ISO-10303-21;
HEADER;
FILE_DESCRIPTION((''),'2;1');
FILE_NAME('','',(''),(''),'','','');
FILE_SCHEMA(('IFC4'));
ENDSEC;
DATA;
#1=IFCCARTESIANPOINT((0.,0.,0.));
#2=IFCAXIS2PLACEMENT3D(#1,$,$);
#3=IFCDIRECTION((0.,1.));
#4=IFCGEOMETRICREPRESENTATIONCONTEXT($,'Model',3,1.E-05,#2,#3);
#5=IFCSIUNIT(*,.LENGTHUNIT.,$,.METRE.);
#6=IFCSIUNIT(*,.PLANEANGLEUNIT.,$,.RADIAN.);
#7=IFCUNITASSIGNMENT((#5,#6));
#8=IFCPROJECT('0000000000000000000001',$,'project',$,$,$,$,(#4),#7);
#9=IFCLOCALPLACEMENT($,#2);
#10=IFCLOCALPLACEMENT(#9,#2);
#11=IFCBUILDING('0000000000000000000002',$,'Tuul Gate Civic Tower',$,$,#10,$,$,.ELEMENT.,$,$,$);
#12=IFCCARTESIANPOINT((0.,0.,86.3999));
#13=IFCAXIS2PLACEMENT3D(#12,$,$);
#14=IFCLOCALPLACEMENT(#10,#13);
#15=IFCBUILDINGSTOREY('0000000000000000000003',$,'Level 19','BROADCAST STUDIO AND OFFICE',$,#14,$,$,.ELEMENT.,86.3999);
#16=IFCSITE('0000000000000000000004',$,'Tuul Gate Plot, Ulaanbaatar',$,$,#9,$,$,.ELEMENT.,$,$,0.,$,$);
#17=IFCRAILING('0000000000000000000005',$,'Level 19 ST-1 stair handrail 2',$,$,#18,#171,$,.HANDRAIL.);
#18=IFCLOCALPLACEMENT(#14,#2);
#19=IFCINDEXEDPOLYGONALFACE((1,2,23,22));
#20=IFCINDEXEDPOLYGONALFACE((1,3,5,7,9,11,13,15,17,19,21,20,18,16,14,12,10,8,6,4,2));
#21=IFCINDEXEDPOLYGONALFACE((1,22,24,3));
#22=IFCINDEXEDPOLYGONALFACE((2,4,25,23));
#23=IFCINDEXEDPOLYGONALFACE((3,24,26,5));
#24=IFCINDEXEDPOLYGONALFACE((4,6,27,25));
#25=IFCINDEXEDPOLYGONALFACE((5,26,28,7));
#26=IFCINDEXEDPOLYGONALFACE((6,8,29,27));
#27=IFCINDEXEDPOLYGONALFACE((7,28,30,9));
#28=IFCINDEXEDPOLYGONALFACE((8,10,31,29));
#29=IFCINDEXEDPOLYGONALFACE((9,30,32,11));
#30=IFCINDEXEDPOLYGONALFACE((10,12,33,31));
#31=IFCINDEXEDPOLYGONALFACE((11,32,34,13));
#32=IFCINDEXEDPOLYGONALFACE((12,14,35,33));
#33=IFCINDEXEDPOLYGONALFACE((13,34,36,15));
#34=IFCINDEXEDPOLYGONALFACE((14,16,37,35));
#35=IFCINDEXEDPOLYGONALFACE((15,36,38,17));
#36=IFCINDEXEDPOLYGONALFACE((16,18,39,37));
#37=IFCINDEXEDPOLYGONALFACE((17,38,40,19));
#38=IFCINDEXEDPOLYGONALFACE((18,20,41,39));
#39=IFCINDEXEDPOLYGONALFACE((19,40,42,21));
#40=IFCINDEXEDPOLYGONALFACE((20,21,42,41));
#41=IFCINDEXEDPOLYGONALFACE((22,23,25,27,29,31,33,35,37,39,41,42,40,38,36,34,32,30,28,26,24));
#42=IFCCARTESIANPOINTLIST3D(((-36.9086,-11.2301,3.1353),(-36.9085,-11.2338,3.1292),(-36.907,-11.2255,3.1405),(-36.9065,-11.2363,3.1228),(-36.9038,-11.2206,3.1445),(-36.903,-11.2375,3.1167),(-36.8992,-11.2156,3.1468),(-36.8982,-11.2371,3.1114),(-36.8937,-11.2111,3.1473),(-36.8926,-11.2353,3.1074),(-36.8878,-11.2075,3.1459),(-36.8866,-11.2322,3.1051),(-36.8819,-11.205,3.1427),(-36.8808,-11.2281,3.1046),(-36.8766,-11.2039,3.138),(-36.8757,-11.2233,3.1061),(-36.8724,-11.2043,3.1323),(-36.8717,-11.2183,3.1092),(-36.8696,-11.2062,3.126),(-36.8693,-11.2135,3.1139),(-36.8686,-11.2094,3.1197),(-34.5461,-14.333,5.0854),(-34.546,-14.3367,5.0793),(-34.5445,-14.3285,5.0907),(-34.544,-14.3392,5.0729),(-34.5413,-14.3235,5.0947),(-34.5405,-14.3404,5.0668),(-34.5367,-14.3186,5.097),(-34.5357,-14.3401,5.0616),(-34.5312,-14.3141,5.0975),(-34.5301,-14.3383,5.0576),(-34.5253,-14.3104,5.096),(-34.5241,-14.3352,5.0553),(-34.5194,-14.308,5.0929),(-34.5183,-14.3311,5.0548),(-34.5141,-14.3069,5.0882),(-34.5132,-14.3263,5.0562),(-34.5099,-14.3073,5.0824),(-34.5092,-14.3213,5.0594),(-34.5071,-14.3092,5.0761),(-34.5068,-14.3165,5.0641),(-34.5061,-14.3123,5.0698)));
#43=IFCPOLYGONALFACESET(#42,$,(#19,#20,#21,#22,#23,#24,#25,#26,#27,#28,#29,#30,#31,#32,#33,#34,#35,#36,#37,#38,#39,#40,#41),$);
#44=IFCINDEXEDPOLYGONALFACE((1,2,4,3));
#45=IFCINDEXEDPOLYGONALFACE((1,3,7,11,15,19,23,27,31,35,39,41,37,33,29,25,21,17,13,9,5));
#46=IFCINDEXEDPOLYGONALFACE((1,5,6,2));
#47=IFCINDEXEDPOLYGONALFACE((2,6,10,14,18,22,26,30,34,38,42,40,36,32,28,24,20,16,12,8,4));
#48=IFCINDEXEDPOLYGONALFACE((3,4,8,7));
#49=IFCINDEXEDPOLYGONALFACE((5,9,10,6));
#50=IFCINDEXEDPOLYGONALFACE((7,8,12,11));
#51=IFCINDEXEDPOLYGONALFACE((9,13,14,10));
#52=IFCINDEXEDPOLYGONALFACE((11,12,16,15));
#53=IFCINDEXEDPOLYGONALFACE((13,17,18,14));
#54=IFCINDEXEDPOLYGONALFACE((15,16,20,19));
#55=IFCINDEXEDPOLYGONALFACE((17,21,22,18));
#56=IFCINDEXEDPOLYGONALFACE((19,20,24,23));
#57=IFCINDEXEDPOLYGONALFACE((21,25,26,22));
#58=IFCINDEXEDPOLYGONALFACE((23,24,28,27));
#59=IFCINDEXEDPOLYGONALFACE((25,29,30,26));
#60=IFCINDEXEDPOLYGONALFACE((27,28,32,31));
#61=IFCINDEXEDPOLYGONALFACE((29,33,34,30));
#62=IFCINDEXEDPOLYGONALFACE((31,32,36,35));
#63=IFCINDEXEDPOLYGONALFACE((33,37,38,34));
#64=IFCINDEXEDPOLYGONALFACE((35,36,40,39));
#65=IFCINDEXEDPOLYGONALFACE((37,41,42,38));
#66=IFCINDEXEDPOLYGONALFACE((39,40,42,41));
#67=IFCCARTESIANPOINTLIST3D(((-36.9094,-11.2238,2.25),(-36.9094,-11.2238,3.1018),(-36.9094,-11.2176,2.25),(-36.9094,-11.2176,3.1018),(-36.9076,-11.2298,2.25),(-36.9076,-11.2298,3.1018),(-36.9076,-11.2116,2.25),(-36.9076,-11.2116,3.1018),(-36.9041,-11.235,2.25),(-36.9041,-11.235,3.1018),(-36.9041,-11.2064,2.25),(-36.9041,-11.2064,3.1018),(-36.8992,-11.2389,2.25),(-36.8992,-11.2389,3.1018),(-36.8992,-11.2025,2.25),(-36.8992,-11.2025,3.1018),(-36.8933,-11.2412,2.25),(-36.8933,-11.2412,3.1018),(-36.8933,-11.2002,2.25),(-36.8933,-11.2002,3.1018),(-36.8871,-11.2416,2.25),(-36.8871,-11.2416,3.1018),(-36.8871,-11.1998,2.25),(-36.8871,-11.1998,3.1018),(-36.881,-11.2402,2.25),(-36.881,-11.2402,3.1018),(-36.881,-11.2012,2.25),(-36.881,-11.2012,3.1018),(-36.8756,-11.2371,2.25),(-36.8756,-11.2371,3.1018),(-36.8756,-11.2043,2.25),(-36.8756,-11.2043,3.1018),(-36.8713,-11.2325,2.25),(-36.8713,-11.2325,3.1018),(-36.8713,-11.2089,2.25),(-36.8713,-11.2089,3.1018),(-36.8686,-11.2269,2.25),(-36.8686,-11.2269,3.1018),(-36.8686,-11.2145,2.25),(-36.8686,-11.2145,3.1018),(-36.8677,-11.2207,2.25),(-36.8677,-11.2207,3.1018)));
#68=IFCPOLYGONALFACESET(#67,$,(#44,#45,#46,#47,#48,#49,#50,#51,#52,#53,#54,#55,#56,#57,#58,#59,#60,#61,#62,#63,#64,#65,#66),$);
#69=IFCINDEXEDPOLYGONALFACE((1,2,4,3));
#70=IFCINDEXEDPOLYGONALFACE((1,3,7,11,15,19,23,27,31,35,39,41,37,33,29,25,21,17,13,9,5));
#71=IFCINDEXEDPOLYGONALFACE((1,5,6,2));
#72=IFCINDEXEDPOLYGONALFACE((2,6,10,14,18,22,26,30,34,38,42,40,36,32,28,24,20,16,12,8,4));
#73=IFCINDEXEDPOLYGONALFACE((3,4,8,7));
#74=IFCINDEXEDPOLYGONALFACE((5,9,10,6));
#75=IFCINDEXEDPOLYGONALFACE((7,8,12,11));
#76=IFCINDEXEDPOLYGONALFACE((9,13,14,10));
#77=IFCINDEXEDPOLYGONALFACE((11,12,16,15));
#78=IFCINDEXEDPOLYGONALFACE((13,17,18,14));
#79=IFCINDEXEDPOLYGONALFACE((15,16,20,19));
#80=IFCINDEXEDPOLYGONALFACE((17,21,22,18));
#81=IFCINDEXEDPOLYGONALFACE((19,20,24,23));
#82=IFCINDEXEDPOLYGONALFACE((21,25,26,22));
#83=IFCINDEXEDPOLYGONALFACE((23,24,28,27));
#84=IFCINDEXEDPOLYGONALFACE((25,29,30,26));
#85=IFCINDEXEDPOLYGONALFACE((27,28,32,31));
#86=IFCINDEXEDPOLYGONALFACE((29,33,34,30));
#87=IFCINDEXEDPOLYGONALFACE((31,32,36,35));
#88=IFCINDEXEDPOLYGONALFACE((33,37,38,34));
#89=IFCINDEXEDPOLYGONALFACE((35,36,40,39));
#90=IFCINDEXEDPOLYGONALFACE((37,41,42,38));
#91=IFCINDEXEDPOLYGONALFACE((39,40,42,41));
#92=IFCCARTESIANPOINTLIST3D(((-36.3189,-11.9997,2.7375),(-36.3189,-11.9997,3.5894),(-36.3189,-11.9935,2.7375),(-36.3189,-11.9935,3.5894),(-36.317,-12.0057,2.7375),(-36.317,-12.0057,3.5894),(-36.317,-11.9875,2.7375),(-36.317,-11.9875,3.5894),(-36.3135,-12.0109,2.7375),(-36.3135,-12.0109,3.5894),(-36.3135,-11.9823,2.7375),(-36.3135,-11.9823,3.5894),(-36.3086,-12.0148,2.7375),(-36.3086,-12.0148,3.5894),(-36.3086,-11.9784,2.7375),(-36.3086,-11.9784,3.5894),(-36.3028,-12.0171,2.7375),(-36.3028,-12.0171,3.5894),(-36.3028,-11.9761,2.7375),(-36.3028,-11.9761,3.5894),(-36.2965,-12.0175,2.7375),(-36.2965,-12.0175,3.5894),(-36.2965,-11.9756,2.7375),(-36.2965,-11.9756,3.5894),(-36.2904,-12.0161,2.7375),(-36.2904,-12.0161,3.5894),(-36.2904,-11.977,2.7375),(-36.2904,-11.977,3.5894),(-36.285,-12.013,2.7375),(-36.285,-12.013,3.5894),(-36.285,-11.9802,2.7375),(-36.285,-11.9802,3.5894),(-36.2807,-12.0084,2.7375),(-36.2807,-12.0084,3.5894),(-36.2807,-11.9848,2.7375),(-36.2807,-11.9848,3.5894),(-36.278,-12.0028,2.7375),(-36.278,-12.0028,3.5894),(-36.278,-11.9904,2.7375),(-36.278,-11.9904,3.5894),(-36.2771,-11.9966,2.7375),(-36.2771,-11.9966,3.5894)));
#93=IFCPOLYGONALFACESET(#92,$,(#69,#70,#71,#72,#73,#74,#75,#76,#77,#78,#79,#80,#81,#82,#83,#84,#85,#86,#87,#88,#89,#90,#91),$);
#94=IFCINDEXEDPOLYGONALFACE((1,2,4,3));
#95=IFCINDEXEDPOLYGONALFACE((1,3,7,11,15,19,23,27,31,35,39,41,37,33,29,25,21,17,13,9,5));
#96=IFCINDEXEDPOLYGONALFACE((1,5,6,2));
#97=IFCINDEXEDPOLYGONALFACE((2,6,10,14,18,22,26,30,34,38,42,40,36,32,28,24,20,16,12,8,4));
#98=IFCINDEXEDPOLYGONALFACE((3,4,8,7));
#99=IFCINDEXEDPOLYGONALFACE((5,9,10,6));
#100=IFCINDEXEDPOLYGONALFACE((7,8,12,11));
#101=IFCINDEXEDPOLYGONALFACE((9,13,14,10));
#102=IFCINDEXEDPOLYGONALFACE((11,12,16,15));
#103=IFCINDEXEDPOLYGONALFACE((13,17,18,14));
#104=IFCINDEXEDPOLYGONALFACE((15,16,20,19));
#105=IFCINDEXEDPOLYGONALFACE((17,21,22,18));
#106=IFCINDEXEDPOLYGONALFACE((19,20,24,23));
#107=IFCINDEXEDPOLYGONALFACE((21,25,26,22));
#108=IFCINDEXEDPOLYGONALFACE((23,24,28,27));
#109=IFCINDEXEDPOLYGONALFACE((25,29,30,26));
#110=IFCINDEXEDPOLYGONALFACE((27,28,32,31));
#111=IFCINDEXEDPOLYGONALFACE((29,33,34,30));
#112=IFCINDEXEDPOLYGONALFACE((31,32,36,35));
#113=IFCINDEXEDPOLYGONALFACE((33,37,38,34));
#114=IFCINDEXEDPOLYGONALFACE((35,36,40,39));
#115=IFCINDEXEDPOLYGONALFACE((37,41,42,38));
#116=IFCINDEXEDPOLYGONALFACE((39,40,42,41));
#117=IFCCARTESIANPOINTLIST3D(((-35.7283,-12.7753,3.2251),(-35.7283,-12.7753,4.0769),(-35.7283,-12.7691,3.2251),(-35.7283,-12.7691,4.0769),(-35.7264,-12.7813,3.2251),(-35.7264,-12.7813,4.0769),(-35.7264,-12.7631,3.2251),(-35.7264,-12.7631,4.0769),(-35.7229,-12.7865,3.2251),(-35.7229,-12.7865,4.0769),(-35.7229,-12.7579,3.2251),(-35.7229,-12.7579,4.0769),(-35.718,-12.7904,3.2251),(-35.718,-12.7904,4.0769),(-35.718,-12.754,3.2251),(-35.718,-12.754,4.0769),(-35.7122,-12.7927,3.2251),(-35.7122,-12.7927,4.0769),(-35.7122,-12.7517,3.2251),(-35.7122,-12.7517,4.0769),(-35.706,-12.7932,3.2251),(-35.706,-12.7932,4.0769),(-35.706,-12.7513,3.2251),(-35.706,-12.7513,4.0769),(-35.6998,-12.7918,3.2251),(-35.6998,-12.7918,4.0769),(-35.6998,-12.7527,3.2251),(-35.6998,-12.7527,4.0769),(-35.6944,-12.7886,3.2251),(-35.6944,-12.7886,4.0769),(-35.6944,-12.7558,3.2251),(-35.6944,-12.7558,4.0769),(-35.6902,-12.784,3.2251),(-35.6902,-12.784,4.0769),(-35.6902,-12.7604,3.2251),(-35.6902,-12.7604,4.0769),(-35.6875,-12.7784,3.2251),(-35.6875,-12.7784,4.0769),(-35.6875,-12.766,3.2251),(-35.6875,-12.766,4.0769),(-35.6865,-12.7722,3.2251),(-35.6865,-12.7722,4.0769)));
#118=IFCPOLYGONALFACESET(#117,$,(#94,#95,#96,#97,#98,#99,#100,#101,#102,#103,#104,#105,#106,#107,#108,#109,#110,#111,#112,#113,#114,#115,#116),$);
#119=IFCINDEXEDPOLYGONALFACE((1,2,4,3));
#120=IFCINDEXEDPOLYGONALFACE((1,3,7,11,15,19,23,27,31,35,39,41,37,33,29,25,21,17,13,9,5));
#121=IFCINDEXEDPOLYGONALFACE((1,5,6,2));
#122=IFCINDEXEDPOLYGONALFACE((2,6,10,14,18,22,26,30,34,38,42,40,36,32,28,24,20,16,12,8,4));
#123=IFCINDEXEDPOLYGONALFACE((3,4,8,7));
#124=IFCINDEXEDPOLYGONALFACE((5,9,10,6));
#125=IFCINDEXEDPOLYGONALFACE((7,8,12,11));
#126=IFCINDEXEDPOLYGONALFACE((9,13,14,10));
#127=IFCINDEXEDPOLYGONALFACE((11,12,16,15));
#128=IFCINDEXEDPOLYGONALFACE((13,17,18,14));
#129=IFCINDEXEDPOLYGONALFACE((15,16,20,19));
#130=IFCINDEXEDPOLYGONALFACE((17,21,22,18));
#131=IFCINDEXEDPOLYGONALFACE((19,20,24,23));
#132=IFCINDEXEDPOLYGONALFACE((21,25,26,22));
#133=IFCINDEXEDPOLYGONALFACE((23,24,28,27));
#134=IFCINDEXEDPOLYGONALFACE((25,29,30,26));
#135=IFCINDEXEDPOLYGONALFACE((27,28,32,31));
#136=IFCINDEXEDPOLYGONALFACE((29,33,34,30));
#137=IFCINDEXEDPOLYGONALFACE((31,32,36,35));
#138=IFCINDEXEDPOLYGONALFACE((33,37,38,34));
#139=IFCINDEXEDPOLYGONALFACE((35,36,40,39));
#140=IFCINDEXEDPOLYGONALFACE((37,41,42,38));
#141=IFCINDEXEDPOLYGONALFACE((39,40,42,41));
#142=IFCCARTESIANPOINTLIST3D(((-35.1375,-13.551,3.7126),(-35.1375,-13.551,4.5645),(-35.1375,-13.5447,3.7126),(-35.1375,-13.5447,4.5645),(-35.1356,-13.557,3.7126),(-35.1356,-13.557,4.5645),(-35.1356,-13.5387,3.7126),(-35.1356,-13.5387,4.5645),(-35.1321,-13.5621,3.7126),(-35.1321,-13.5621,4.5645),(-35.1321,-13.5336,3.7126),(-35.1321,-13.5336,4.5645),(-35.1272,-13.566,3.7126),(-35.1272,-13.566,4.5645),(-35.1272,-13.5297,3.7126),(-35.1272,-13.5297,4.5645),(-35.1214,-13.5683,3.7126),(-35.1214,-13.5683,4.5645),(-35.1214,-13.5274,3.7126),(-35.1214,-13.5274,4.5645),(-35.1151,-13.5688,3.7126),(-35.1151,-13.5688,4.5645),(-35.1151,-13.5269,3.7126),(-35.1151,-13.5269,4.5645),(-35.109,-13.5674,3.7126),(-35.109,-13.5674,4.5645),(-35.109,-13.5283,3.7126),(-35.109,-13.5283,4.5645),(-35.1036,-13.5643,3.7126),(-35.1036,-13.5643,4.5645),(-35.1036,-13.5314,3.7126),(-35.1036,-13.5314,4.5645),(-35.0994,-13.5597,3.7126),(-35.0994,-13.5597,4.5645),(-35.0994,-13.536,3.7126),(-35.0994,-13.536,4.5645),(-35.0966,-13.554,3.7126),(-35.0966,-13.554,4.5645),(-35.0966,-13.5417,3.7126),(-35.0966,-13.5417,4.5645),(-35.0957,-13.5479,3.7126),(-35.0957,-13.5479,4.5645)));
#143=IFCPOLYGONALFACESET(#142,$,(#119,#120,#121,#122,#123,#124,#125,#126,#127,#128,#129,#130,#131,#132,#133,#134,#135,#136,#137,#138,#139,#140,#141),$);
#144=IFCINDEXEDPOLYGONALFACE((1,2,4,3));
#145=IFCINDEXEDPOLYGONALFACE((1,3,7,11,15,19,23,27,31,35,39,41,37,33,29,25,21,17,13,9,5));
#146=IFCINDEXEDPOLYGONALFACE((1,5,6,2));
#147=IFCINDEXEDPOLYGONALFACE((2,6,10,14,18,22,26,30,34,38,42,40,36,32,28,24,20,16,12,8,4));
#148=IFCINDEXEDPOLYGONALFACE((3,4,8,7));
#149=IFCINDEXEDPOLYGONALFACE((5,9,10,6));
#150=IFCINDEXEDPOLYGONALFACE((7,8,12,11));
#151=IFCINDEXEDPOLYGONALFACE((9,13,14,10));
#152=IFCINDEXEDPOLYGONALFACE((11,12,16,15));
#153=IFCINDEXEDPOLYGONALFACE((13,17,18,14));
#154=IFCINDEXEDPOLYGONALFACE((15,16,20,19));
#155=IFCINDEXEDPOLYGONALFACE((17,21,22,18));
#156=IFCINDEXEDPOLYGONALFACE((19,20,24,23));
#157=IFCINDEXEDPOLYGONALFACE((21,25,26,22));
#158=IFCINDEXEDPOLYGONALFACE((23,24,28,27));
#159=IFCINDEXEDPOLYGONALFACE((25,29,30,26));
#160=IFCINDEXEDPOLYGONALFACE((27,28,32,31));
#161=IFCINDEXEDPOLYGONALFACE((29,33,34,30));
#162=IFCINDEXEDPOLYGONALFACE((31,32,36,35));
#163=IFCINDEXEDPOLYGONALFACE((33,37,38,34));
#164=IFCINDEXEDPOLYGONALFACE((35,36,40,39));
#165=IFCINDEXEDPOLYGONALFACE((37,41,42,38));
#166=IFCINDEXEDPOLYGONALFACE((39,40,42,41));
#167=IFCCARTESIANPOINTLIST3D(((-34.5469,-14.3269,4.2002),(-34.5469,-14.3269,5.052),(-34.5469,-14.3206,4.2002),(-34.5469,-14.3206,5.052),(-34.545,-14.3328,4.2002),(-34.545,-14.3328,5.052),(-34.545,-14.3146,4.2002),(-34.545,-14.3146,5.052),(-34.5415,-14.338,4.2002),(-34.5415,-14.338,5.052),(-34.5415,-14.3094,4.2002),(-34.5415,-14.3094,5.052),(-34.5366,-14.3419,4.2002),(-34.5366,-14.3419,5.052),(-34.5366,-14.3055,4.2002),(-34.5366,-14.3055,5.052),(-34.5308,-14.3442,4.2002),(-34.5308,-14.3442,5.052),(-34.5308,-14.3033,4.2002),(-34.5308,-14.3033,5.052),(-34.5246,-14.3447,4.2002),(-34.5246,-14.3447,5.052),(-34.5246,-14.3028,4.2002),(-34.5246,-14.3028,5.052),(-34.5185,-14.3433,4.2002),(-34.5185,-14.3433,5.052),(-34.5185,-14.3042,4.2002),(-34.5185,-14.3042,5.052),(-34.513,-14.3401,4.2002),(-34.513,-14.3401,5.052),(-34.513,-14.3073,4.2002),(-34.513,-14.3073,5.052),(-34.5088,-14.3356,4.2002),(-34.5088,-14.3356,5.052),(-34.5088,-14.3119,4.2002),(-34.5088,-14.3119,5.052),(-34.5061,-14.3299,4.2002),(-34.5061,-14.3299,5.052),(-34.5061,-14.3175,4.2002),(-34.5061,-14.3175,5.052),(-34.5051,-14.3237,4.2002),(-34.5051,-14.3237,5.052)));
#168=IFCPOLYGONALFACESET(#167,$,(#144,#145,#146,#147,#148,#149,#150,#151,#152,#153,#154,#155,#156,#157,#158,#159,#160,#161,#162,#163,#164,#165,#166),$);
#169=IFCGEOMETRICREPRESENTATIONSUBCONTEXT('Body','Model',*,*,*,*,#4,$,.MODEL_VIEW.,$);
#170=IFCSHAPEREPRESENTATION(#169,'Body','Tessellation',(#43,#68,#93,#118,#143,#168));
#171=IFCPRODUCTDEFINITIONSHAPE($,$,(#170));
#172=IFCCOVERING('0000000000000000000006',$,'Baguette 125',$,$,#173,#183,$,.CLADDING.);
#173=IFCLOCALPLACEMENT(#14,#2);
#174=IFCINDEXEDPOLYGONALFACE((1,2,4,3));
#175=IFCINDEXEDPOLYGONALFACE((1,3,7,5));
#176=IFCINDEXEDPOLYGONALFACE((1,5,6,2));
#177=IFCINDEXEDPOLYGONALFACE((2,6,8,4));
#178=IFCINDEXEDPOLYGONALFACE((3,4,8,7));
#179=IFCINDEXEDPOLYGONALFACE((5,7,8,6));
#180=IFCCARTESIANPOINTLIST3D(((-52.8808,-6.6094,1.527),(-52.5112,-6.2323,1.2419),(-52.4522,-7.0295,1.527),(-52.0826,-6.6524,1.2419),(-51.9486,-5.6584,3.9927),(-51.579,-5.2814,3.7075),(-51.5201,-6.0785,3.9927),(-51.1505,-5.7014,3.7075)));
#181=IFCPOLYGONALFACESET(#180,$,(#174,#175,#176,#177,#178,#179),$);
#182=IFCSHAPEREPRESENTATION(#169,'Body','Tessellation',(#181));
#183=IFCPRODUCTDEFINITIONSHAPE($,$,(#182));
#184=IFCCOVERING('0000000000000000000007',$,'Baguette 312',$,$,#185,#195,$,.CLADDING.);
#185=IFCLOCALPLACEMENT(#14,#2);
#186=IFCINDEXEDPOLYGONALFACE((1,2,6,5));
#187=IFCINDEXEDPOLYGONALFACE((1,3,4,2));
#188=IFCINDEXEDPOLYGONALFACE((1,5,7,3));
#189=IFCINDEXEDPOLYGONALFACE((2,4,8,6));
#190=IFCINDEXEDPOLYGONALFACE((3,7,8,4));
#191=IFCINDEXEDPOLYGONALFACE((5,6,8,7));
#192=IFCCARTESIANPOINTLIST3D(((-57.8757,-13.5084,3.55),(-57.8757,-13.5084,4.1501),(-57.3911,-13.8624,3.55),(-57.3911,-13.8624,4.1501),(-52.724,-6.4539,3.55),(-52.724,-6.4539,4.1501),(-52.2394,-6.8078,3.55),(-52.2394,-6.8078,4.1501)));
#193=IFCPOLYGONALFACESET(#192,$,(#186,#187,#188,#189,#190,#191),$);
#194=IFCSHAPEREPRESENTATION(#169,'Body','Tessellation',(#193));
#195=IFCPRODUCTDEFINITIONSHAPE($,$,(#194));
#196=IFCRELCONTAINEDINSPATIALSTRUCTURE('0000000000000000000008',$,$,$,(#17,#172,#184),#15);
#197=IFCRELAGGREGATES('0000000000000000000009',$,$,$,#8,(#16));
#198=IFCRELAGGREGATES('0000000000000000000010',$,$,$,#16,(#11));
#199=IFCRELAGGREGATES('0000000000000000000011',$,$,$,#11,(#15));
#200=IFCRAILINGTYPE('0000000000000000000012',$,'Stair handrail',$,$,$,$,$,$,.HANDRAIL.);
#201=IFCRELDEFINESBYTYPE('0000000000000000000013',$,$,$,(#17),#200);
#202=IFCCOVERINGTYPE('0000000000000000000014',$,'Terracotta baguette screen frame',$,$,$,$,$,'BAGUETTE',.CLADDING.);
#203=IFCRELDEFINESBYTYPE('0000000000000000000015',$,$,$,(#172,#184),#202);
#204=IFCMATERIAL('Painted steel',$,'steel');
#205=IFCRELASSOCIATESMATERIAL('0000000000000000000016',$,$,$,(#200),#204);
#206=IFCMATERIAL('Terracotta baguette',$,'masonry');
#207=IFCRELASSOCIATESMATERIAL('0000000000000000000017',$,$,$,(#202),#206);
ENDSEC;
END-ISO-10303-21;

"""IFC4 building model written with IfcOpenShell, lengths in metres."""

from ifc_helpers import new_model, si_unit, direction, frame, origin, origin_2d, place, context, subcontext, project, spatial, rectangle, circle, extrude, material, material_profile, profile_set, type_object, element, save


model = new_model("IFC4")

# Units and contexts
model_context = context("Model", 3, precision=1e-05, world=origin(), true_north=direction((0.0, 1.0)))
body_context = subcontext(model_context, "Body", "Model", "MODEL_VIEW")
ifc_project = project(units=[si_unit("LENGTHUNIT", "METRE"), si_unit("PLANEANGLEUNIT", "RADIAN")], contexts=[model_context])

# Site, building, storey
site_placement = place(None, origin())
site = spatial("IfcSite", under=ifc_project, at=site_placement, Name="Tuul Gate Plot, Ulaanbaatar", CompositionType="ELEMENT", RefElevation=0.0)
building_placement = place(site_placement, origin())
building = spatial("IfcBuilding", under=site, at=building_placement, Name="Tuul Gate Civic Tower", CompositionType="ELEMENT")
storey_placement = place(building_placement, frame((0.0, 0.0, 86.3999)))
storey = spatial("IfcBuildingStorey", under=building, at=storey_placement, Name="Level 19", Description="BROADCAST STUDIO AND OFFICE", CompositionType="ELEMENT", Elevation=86.3999)

# Railing
ifc_material_1 = material(Name="Painted steel", Category="steel")
railing_type_1 = type_object("IfcRailingType", Name="Stair handrail", PredefinedType="HANDRAIL", material=ifc_material_1)
railing_1_placement = place(storey_placement, frame((-36.8887, -11.2207, 2.25)))
element("IfcRailing", 1, at=railing_1_placement, inside=storey, type_object=railing_type_1, Name="Level 19 ST-1 stair handrail 2", PredefinedType="HANDRAIL", context=body_context, shape_type="SweptSolid", body=[
    extrude(circle(Radius=0.0239, at=origin_2d()), frame((0.0, 0.0, 0.876), z_axis=(0.541811, -0.711627, 0.447245), x_axis=(0.795637, 0.605773, 0.0)), (0.0, 0.0, 1.0), 4.3604),
    extrude(circle(Radius=0.021, at=origin_2d()), origin(), (0.0, 0.0, 1.0), 0.8518),
    extrude(circle(Radius=0.021, at=origin_2d()), frame((0.5906, -0.7759, 0.4875)), (0.0, 0.0, 1.0), 0.8518),
    extrude(circle(Radius=0.021, at=origin_2d()), frame((1.1812, -1.5515, 0.9751)), (0.0, 0.0, 1.0), 0.8518),
    extrude(circle(Radius=0.021, at=origin_2d()), frame((1.772, -2.3271, 1.4626)), (0.0, 0.0, 1.0), 0.8518),
    extrude(circle(Radius=0.021, at=origin_2d()), frame((2.3625, -3.103, 1.9502)), (0.0, 0.0, 1.0), 0.8518),
])

# Coverings
ifc_material_2 = material(Name="Terracotta baguette", Category="masonry")
ifc_material_profile_1 = material_profile(ifc_material_2, rectangle(XDim=0.6001, YDim=0.6001, at=origin_2d()), Name="Terracotta baguette screen frame")
ifc_profile_set_1 = profile_set([ifc_material_profile_1], Name="Terracotta baguette")
covering_type = type_object("IfcCoveringType", Name="Terracotta baguette screen frame", ElementType="BAGUETTE", PredefinedType="CLADDING", material=ifc_profile_set_1)
covering_1_placement = place(storey_placement, frame((-51.5496, -5.6799, 3.8501), z_axis=(-0.332645, -0.339353, -0.879879), x_axis=(0.71413, -0.700013, 0.0)))
element("IfcCovering", 2, at=covering_1_placement, inside=storey, type_object=covering_type, Name="Baguette 125", PredefinedType="CLADDING", context=body_context, shape_type="SweptSolid", body=[
    extrude(rectangle(XDim=0.6001, YDim=0.6001, at=origin_2d()), origin(), (0.0, 0.0, 1.0), 2.8022),
])
covering_2_placement = place(storey_placement, frame((-52.4817, -6.6309, 3.8501), z_axis=(-0.589751, -0.807585, 0.0), x_axis=(0.807585, -0.589751, 0.0)))
element("IfcCovering", 3, at=covering_2_placement, inside=storey, type_object=covering_type, Name="Baguette 312", PredefinedType="CLADDING", context=body_context, shape_type="SweptSolid", body=[
    extrude(rectangle(XDim=0.6001, YDim=0.6001, at=origin_2d()), origin(), (0.0, 0.0, 1.0), 8.7354),
])

save(model, "model.ifc")
